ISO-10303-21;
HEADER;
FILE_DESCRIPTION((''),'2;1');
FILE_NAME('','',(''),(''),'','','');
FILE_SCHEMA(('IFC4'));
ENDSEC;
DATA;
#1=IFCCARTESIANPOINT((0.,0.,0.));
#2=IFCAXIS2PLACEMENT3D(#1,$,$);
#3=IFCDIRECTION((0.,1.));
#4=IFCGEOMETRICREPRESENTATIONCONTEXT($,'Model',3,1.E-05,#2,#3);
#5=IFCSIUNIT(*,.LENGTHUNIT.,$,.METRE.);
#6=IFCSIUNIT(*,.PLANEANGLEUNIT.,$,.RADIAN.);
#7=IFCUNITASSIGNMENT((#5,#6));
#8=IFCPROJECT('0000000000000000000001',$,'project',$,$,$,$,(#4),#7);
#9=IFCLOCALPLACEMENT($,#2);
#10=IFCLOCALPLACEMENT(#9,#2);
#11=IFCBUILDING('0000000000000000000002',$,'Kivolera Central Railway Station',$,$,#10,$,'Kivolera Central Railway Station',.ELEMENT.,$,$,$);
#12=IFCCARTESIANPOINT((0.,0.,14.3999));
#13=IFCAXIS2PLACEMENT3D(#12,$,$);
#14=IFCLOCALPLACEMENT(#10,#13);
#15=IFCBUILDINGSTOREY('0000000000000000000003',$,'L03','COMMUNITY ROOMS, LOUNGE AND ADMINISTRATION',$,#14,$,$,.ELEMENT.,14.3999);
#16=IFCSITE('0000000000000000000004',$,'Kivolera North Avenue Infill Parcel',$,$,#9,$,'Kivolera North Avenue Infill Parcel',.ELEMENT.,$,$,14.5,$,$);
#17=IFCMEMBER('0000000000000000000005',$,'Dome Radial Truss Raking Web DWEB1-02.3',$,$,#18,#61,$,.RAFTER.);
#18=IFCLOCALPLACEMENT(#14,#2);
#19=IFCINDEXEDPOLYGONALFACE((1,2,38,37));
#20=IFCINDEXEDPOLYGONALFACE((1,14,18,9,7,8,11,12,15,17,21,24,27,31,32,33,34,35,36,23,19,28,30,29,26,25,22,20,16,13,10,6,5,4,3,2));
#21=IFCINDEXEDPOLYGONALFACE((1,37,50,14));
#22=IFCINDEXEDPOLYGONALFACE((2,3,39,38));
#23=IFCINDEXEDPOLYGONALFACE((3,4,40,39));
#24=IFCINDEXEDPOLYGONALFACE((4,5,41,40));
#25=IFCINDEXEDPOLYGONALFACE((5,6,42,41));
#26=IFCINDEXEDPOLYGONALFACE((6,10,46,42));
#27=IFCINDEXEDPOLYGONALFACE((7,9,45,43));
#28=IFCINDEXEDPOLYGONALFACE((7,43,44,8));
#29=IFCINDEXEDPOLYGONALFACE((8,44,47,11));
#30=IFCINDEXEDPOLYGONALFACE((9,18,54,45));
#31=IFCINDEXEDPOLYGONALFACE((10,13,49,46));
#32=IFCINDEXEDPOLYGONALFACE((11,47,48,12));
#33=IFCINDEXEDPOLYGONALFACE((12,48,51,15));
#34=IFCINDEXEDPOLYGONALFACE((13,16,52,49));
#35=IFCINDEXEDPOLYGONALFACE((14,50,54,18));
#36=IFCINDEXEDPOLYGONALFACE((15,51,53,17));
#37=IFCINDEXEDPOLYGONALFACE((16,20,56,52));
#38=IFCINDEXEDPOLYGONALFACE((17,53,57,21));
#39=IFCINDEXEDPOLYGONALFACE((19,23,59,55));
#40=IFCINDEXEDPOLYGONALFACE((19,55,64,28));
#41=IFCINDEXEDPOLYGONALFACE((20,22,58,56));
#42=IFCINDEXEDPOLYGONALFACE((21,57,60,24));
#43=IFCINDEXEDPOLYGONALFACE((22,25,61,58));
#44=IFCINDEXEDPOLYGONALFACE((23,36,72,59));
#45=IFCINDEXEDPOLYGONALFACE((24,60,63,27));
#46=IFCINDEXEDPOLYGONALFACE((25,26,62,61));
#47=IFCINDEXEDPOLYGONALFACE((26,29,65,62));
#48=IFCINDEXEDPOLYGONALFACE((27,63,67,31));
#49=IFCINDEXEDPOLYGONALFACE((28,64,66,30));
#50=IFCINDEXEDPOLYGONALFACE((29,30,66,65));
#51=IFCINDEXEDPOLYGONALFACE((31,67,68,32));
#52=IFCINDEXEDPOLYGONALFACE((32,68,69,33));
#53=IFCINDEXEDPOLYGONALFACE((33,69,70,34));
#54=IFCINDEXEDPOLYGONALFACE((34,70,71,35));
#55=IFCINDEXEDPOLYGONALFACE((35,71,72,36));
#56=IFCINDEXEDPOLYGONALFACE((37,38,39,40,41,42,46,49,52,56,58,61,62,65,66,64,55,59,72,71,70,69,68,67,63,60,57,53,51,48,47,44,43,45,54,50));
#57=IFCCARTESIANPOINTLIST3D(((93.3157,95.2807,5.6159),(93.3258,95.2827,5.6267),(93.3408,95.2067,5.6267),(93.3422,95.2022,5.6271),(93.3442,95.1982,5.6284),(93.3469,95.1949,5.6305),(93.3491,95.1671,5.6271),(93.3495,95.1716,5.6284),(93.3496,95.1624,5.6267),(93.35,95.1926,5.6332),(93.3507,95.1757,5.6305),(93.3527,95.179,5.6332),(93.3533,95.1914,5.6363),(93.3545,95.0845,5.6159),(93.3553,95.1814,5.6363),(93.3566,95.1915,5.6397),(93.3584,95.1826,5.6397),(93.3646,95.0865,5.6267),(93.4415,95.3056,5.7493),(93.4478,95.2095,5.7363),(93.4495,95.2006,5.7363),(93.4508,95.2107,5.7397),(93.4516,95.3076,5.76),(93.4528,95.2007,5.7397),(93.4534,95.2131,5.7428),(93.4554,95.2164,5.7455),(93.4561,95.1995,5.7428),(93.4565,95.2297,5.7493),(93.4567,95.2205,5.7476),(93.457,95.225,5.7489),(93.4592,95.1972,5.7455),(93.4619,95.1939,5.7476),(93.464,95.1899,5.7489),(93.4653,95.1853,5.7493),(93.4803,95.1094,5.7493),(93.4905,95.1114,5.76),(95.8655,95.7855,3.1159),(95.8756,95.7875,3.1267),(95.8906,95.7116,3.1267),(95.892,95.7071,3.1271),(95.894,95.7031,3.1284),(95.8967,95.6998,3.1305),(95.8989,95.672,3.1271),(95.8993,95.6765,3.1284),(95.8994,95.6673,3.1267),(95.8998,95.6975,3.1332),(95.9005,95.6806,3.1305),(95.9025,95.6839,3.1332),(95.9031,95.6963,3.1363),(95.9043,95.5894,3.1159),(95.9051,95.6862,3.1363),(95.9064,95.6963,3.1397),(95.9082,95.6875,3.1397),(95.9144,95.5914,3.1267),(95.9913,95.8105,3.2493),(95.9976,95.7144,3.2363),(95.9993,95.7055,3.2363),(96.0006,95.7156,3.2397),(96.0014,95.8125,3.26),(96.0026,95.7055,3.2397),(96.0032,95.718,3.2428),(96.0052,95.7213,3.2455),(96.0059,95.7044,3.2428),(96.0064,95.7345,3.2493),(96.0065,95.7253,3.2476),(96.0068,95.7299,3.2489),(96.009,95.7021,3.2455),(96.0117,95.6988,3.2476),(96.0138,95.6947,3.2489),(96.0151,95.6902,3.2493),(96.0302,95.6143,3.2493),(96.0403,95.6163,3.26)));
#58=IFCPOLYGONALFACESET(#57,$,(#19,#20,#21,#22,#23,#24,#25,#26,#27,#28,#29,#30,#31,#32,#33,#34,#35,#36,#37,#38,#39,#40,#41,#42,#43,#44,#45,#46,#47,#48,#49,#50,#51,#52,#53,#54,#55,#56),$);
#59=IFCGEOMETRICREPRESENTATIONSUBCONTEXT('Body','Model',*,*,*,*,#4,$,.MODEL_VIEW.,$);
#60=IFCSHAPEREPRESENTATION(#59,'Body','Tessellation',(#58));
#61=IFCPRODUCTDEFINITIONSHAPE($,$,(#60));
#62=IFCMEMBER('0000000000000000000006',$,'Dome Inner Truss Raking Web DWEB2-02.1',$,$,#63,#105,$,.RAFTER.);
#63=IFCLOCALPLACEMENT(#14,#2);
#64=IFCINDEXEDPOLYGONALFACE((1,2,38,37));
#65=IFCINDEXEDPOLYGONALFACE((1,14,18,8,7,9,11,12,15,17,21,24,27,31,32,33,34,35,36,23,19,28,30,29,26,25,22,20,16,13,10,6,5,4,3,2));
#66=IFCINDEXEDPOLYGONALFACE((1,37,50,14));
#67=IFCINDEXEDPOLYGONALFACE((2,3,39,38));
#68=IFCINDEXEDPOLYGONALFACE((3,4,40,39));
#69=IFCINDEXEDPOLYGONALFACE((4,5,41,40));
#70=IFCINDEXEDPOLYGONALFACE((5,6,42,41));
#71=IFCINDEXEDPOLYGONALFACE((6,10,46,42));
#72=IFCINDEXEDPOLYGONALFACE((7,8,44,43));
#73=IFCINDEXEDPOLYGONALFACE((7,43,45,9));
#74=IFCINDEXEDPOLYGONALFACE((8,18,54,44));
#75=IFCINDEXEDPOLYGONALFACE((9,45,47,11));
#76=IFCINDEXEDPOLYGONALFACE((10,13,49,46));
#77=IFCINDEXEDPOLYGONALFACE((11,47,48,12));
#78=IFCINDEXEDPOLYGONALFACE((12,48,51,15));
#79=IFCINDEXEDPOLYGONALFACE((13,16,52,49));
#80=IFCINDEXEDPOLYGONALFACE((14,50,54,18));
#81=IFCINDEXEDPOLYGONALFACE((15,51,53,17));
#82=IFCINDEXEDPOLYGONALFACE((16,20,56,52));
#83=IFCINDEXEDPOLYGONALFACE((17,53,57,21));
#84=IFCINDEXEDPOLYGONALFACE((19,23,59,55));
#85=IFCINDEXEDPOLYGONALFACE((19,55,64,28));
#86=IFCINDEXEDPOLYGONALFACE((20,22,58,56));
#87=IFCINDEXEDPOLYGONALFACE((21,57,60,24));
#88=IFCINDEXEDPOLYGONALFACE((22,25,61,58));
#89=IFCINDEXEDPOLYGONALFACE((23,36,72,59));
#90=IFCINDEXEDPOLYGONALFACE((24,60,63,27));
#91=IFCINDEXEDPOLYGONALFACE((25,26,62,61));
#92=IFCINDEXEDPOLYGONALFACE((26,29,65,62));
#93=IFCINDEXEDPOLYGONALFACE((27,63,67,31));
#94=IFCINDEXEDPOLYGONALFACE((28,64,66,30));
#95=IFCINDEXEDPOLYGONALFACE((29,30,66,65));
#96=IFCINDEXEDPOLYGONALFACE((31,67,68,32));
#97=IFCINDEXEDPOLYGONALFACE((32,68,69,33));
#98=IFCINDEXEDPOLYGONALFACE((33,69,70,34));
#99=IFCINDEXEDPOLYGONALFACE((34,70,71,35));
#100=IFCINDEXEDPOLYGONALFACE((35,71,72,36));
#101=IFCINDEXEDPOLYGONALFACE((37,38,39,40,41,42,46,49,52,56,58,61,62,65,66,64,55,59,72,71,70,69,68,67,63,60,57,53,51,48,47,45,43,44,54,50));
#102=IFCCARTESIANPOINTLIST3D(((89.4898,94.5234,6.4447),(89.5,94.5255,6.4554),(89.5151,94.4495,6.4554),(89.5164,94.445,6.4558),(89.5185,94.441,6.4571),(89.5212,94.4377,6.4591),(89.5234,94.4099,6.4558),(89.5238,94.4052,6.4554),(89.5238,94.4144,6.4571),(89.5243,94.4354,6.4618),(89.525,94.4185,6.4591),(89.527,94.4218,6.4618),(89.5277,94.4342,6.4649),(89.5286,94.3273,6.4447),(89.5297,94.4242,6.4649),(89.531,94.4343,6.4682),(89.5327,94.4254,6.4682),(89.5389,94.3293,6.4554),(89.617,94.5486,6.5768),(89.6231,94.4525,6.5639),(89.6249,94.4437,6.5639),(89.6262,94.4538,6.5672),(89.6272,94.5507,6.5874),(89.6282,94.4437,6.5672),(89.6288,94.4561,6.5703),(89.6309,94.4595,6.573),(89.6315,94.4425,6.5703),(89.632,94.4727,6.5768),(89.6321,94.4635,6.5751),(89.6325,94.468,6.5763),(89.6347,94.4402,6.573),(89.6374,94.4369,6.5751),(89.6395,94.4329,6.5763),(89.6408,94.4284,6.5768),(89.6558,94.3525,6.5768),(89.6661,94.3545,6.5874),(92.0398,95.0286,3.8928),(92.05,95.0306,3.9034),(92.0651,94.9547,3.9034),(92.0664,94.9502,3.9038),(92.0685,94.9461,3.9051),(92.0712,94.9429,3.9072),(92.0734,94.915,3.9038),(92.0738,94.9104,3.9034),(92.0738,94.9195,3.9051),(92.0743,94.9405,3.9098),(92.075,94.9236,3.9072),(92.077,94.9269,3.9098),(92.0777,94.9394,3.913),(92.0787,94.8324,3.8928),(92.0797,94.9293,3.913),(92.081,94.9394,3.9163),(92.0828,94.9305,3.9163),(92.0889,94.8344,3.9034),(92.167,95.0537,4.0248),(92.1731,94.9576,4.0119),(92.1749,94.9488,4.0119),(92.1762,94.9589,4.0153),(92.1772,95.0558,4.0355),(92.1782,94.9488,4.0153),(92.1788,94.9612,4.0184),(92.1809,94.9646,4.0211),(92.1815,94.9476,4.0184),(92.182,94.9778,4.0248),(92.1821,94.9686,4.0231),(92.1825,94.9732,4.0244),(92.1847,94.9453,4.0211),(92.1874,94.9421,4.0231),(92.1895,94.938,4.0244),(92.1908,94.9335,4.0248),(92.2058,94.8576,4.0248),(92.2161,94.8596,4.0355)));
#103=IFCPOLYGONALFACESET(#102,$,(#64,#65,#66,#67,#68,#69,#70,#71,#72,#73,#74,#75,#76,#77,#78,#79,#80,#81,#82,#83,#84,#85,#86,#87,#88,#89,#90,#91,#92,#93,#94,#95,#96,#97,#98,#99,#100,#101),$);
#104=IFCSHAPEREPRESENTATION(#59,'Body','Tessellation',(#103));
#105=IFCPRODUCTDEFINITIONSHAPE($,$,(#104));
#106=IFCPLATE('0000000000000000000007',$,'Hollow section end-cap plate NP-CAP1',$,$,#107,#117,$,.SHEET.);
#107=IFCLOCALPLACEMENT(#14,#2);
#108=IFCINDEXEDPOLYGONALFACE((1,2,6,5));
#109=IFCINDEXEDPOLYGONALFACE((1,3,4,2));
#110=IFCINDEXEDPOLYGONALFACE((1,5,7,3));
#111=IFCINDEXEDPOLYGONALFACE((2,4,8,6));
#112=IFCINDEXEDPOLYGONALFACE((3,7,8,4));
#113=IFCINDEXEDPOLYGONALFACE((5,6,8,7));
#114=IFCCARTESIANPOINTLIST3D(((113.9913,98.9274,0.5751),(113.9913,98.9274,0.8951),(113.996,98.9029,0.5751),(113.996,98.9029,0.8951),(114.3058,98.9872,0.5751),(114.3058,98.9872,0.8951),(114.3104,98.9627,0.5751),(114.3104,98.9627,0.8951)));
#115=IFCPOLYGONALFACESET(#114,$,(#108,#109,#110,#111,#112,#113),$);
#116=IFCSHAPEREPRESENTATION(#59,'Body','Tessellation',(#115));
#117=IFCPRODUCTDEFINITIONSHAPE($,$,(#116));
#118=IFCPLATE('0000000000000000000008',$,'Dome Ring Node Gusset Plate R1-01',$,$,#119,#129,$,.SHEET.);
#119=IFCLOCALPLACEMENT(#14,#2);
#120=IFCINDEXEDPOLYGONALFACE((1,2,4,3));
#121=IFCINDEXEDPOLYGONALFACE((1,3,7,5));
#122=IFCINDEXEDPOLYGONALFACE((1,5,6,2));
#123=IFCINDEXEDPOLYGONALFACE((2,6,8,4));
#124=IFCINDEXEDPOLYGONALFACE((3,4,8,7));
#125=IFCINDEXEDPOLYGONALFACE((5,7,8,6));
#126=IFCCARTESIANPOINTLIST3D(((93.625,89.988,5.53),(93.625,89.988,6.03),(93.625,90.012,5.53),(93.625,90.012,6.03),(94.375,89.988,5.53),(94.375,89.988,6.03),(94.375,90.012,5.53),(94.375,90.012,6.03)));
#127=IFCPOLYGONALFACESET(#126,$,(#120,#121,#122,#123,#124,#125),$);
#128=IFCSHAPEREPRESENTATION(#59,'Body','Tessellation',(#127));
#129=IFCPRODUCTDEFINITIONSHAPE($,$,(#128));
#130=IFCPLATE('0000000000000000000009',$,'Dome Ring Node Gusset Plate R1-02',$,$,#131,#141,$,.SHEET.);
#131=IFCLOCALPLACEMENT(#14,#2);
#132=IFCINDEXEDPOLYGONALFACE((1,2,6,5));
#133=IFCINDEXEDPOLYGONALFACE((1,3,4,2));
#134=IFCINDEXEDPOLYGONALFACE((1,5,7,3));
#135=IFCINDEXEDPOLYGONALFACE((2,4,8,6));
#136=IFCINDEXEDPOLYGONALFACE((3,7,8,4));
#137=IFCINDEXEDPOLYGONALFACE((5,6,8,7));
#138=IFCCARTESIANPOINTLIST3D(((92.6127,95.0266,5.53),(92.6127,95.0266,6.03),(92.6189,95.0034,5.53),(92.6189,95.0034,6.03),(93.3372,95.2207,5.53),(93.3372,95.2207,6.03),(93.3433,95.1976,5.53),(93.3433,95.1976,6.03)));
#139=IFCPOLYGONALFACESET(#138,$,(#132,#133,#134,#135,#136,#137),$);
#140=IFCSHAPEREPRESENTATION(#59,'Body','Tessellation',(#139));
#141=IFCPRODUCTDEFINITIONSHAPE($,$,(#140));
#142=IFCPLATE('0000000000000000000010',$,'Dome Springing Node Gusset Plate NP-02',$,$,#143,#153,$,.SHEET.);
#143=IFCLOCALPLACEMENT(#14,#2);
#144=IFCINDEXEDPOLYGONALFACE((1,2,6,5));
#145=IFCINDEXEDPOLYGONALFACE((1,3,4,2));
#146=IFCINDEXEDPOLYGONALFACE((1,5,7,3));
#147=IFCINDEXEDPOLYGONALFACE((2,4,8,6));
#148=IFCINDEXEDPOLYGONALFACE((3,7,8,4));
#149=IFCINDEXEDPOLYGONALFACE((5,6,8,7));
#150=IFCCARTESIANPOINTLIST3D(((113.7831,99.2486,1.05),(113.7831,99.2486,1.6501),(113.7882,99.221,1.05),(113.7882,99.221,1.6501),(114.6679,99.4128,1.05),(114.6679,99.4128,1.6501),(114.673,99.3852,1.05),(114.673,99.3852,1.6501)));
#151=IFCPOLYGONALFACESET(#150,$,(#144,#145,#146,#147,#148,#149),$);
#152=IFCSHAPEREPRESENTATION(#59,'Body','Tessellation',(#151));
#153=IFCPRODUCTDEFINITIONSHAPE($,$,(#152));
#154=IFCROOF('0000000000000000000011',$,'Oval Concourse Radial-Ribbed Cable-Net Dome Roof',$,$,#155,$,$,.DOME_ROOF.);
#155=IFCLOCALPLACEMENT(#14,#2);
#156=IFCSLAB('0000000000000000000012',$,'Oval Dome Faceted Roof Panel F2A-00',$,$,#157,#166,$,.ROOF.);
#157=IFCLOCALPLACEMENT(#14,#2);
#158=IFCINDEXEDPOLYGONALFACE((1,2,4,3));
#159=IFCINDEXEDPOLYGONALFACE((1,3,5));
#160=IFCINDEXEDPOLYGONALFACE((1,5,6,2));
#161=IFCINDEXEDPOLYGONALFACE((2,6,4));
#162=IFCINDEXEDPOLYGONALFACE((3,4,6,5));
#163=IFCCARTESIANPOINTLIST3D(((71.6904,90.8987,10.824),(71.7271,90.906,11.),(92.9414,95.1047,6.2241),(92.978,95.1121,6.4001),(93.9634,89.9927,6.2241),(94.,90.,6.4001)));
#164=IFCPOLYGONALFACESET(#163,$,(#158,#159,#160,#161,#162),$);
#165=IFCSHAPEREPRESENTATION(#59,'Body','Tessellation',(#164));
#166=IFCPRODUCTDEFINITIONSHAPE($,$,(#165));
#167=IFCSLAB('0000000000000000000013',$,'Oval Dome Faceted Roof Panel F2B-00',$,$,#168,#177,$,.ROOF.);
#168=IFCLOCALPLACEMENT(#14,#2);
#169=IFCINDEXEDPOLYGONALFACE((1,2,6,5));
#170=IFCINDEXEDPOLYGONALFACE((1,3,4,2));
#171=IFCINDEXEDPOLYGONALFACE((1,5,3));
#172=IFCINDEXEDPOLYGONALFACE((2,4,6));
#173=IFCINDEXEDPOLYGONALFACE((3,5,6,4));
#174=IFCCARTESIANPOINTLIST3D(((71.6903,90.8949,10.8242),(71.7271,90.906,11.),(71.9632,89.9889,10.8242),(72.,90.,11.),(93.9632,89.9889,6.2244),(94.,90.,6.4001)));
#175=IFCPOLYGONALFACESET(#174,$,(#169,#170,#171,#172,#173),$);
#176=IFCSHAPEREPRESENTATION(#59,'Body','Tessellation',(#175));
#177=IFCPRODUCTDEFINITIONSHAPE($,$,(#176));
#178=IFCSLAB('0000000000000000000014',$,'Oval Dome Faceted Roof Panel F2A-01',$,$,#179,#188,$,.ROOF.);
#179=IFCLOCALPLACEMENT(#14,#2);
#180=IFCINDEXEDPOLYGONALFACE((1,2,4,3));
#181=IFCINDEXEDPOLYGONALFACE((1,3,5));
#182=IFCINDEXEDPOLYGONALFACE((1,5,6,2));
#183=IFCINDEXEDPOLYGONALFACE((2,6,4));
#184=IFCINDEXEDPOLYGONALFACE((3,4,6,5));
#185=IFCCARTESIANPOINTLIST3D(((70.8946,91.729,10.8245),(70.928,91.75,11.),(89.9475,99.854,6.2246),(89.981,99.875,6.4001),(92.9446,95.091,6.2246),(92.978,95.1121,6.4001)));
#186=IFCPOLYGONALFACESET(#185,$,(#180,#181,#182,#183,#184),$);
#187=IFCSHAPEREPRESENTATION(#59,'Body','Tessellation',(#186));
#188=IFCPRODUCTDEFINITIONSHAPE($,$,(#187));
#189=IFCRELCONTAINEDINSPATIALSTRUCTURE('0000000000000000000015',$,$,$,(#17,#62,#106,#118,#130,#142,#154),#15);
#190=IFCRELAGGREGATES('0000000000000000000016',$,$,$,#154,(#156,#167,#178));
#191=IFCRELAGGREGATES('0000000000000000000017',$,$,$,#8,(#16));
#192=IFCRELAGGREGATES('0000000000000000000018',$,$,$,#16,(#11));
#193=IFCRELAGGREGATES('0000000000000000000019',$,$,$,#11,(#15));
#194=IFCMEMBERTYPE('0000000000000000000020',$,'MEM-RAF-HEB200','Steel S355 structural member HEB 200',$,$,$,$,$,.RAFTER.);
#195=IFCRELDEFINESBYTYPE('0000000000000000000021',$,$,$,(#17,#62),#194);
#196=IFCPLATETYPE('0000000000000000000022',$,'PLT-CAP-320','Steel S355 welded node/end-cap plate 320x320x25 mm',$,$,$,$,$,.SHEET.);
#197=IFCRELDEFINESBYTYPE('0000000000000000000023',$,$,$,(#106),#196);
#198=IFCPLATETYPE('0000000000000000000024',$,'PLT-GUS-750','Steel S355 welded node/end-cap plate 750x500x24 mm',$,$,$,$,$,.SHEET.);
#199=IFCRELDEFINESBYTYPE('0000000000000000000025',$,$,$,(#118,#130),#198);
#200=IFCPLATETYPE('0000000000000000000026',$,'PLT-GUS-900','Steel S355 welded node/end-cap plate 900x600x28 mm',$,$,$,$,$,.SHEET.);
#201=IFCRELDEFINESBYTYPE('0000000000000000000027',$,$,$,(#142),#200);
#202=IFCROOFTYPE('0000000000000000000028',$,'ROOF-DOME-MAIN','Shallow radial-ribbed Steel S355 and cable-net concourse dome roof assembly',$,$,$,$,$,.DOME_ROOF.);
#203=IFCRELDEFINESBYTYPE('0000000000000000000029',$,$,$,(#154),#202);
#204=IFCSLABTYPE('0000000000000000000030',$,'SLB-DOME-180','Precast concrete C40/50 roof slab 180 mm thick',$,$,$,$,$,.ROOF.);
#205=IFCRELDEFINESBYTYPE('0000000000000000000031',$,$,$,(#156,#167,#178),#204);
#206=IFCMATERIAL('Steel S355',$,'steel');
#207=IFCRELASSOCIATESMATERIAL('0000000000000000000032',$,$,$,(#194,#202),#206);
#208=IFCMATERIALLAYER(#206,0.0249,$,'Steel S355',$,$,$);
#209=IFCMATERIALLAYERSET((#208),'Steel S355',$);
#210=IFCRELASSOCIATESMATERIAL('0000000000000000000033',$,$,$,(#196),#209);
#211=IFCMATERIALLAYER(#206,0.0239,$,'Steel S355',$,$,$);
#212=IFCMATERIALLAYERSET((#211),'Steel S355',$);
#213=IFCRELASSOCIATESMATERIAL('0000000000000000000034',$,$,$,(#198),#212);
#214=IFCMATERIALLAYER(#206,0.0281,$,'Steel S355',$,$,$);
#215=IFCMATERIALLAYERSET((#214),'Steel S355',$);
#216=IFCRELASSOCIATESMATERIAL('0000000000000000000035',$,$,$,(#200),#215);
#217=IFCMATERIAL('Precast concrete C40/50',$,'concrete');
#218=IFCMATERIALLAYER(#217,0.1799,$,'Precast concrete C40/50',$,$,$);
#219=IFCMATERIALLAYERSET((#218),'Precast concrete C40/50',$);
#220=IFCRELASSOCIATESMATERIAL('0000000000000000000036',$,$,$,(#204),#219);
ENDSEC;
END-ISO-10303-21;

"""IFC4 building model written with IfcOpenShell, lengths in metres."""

from ifc_helpers import new_model, si_unit, direction, frame, origin, origin_2d, place, context, subcontext, project, spatial, polyline, rectangle, i_section, outline, extrude, material, layer, layer_set, material_profile, profile_set, type_object, element, aggregate, save


model = new_model("IFC4")

# Units and contexts
model_context = context("Model", 3, precision=1e-05, world=origin(), true_north=direction((0.0, 1.0)))
body_context = subcontext(model_context, "Body", "Model", "MODEL_VIEW")
ifc_project = project(units=[si_unit("LENGTHUNIT", "METRE"), si_unit("PLANEANGLEUNIT", "RADIAN")], contexts=[model_context])

# Site, building, storey
site_placement = place(None, origin())
site = spatial("IfcSite", under=ifc_project, at=site_placement, Name="Kivolera North Avenue Infill Parcel", LongName="Kivolera North Avenue Infill Parcel", CompositionType="ELEMENT", RefElevation=14.5)
building_placement = place(site_placement, origin())
building = spatial("IfcBuilding", under=site, at=building_placement, Name="Kivolera Central Railway Station", LongName="Kivolera Central Railway Station", CompositionType="ELEMENT")
storey_placement = place(building_placement, frame((0.0, 0.0, 14.3999)))
storey = spatial("IfcBuildingStorey", under=building, at=storey_placement, Name="L03", Description="COMMUNITY ROOMS, LOUNGE AND ADMINISTRATION", CompositionType="ELEMENT", Elevation=14.3999)

# Shared definitions
ifc_material_1 = material(Name="Steel S355", Category="steel")

# Members
ifc_material_profile_1 = material_profile(ifc_material_1, i_section(OverallWidth=0.2, OverallDepth=0.2, WebThickness=0.009, FlangeThickness=0.0149, FilletRadius=0.0181, at=origin_2d()), Name="HEB 200")
ifc_profile_set_1 = profile_set([ifc_material_profile_1], Name="Steel S355")
member_type_1 = type_object("IfcMemberType", Name="MEM-RAF-HEB200", Description="Steel S355 structural member HEB 200", PredefinedType="RAFTER", material=ifc_profile_set_1)
member_1_placement = place(storey_placement, frame((95.9529, 95.7009, 3.188), z_axis=(-0.707014, -0.139995, 0.693204), x_axis=(0.194237, -0.980955, 0.0)))
element("IfcMember", 1, at=member_1_placement, inside=storey, type_object=member_type_1, Name="Dome Radial Truss Raking Web DWEB1-02.3", PredefinedType="RAFTER", context=body_context, shape_type="SweptSolid", body=[
    extrude(i_section(OverallWidth=0.2, OverallDepth=0.2, WebThickness=0.009, FlangeThickness=0.0149, FilletRadius=0.0181, at=origin_2d()), origin(), (0.0, 0.0, 1.0), 3.6064),
])
member_2_placement = place(storey_placement, frame((92.1279, 94.9441, 3.9641), z_axis=(-0.700008, -0.138661, 0.700544), x_axis=(0.19431, -0.98094, 0.0)))
element("IfcMember", 2, at=member_2_placement, inside=storey, type_object=member_type_1, Name="Dome Inner Truss Raking Web DWEB2-02.1", PredefinedType="RAFTER", context=body_context, shape_type="SweptSolid", body=[
    extrude(i_section(OverallWidth=0.2, OverallDepth=0.2, WebThickness=0.009, FlangeThickness=0.0149, FilletRadius=0.0181, at=origin_2d()), origin(), (0.0, 0.0, 1.0), 3.6428),
])

# Plates
ifc_layer_1 = layer(ifc_material_1, 0.0249, Name="Steel S355")
ifc_layer_set_1 = layer_set([ifc_layer_1], Name="Steel S355")
plate_type_1 = type_object("IfcPlateType", Name="PLT-CAP-320", Description="Steel S355 welded node/end-cap plate 320x320x25 mm", PredefinedType="SHEET", material=ifc_layer_set_1)
plate_1_placement = place(storey_placement, frame((114.1509, 98.9451, 0.7351), z_axis=(-0.186814, 0.982395, 0.0), x_axis=(-0.982395, -0.186814, 0.0)))
element("IfcPlate", 3, at=plate_1_placement, inside=storey, type_object=plate_type_1, Name="Hollow section end-cap plate NP-CAP1", PredefinedType="SHEET", context=body_context, shape_type="SweptSolid", body=[
    extrude(rectangle(XDim=0.3201, YDim=0.3201, at=origin_2d()), frame((0.0, 0.0, -0.0125)), (0.0, 0.0, 1.0), 0.0249),
])
ifc_layer_2 = layer(ifc_material_1, 0.0239, Name="Steel S355")
ifc_layer_set_2 = layer_set([ifc_layer_2], Name="Steel S355")
plate_type_2 = type_object("IfcPlateType", Name="PLT-GUS-750", Description="Steel S355 welded node/end-cap plate 750x500x24 mm", PredefinedType="SHEET", material=ifc_layer_set_2)
for number, where, z_axis, x_axis, name in (
    (4, (94.0, 90.0, 5.53), (0.0, 0.0, 1.0), (1.0, 0.0, 0.0), "Dome Ring Node Gusset Plate R1-01"),
    (5, (92.978, 95.1121, 5.53), (0.0, 0.0, 1.0), (0.965926, 0.258819, 0.0), "Dome Ring Node Gusset Plate R1-02"),
):
    element("IfcPlate", number, at=place(storey_placement, frame(where, z_axis=z_axis, x_axis=x_axis)), inside=storey, type_object=plate_type_2, Name=name, PredefinedType="SHEET", context=body_context, shape_type="SweptSolid", body=[
        extrude(rectangle(XDim=0.75, YDim=0.0239, at=origin_2d()), origin(), (0.0, 0.0, 1.0), 0.5),
    ])
ifc_layer_3 = layer(ifc_material_1, 0.0281, Name="Steel S355")
ifc_layer_set_3 = layer_set([ifc_layer_3], Name="Steel S355")
plate_type_3 = type_object("IfcPlateType", Name="PLT-GUS-900", Description="Steel S355 welded node/end-cap plate 900x600x28 mm", PredefinedType="SHEET", material=ifc_layer_set_3)
plate_2_placement = place(storey_placement, frame((114.228, 99.3169, 1.05), z_axis=(0.0, 0.0, 1.0), x_axis=(0.983226, 0.18239, 0.0)))
element("IfcPlate", 6, at=plate_2_placement, inside=storey, type_object=plate_type_3, Name="Dome Springing Node Gusset Plate NP-02", PredefinedType="SHEET", context=body_context, shape_type="SweptSolid", body=[
    extrude(rectangle(XDim=0.8999, YDim=0.0281, at=origin_2d()), origin(), (0.0, 0.0, 1.0), 0.6001),
])

# Roof, slabs
roof_type = type_object("IfcRoofType", Name="ROOF-DOME-MAIN", Description="Shallow radial-ribbed Steel S355 and cable-net concourse dome roof assembly", PredefinedType="DOME_ROOF", material=ifc_material_1)
roof_placement = place(storey_placement, origin())
roof = element("IfcRoof", 7, at=roof_placement, inside=storey, type_object=roof_type, Name="Oval Concourse Radial-Ribbed Cable-Net Dome Roof", PredefinedType="DOME_ROOF")
ifc_material_2 = material(Name="Precast concrete C40/50", Category="concrete")
ifc_layer_4 = layer(ifc_material_2, 0.1799, Name="Precast concrete C40/50")
ifc_layer_set_4 = layer_set([ifc_layer_4], Name="Precast concrete C40/50")
slab_type = type_object("IfcSlabType", Name="SLB-DOME-180", Description="Precast concrete C40/50 roof slab 180 mm thick", PredefinedType="ROOF", material=ifc_layer_set_4)
slab_1_placement = place(storey_placement, frame((94.0, 90.0, 6.4001), z_axis=(0.203674, 0.040717, 0.978192), x_axis=(-0.196035, 0.980597, 0.0)))
slab_1 = element("IfcSlab", 8, at=slab_1_placement, type_object=slab_type, Name="Oval Dome Faceted Roof Panel F2A-00", PredefinedType="ROOF", context=body_context, shape_type="SweptSolid", body=[
    extrude(outline(polyline([(0.0, 0.0), (5.2132, 0.0), (5.2547, 22.1461), (0.0, 0.0)])), origin(), (0.0, 0.0, -1.0), 0.1799),
])
slab_2_placement = place(storey_placement, frame((94.0, 90.0, 6.4001), z_axis=(0.204271, 0.06154, 0.976978), x_axis=(-0.978557, 0.039805, 0.202094)))
slab_2 = element("IfcSlab", 9, at=slab_2_placement, type_object=slab_type, Name="Oval Dome Faceted Roof Panel F2B-00", PredefinedType="ROOF", context=body_context, shape_type="SweptSolid", body=[
    extrude(outline(polyline([(0.0, 0.0), (22.761, 0.0), (22.4579, 0.8963), (0.0, 0.0)])), origin(), (0.0, 0.0, -1.0), 0.1799),
])
slab_3_placement = place(storey_placement, frame((92.978, 95.1121, 6.4001), z_axis=(0.185709, 0.116857, 0.975632), x_axis=(-0.532582, 0.846378, 0.0)))
slab_3 = element("IfcSlab", 10, at=slab_3_placement, type_object=slab_type, Name="Oval Dome Faceted Roof Panel F2A-01", PredefinedType="ROOF", context=body_context, shape_type="SweptSolid", body=[
    extrude(outline(polyline([(0.0, 0.0), (5.6274, 0.0), (8.8979, 20.9641), (0.0, 0.0)])), origin(), (0.0, 0.0, -1.0), 0.1799),
])
aggregate(roof, [slab_1, slab_2, slab_3])

save(model, "model.ifc")
